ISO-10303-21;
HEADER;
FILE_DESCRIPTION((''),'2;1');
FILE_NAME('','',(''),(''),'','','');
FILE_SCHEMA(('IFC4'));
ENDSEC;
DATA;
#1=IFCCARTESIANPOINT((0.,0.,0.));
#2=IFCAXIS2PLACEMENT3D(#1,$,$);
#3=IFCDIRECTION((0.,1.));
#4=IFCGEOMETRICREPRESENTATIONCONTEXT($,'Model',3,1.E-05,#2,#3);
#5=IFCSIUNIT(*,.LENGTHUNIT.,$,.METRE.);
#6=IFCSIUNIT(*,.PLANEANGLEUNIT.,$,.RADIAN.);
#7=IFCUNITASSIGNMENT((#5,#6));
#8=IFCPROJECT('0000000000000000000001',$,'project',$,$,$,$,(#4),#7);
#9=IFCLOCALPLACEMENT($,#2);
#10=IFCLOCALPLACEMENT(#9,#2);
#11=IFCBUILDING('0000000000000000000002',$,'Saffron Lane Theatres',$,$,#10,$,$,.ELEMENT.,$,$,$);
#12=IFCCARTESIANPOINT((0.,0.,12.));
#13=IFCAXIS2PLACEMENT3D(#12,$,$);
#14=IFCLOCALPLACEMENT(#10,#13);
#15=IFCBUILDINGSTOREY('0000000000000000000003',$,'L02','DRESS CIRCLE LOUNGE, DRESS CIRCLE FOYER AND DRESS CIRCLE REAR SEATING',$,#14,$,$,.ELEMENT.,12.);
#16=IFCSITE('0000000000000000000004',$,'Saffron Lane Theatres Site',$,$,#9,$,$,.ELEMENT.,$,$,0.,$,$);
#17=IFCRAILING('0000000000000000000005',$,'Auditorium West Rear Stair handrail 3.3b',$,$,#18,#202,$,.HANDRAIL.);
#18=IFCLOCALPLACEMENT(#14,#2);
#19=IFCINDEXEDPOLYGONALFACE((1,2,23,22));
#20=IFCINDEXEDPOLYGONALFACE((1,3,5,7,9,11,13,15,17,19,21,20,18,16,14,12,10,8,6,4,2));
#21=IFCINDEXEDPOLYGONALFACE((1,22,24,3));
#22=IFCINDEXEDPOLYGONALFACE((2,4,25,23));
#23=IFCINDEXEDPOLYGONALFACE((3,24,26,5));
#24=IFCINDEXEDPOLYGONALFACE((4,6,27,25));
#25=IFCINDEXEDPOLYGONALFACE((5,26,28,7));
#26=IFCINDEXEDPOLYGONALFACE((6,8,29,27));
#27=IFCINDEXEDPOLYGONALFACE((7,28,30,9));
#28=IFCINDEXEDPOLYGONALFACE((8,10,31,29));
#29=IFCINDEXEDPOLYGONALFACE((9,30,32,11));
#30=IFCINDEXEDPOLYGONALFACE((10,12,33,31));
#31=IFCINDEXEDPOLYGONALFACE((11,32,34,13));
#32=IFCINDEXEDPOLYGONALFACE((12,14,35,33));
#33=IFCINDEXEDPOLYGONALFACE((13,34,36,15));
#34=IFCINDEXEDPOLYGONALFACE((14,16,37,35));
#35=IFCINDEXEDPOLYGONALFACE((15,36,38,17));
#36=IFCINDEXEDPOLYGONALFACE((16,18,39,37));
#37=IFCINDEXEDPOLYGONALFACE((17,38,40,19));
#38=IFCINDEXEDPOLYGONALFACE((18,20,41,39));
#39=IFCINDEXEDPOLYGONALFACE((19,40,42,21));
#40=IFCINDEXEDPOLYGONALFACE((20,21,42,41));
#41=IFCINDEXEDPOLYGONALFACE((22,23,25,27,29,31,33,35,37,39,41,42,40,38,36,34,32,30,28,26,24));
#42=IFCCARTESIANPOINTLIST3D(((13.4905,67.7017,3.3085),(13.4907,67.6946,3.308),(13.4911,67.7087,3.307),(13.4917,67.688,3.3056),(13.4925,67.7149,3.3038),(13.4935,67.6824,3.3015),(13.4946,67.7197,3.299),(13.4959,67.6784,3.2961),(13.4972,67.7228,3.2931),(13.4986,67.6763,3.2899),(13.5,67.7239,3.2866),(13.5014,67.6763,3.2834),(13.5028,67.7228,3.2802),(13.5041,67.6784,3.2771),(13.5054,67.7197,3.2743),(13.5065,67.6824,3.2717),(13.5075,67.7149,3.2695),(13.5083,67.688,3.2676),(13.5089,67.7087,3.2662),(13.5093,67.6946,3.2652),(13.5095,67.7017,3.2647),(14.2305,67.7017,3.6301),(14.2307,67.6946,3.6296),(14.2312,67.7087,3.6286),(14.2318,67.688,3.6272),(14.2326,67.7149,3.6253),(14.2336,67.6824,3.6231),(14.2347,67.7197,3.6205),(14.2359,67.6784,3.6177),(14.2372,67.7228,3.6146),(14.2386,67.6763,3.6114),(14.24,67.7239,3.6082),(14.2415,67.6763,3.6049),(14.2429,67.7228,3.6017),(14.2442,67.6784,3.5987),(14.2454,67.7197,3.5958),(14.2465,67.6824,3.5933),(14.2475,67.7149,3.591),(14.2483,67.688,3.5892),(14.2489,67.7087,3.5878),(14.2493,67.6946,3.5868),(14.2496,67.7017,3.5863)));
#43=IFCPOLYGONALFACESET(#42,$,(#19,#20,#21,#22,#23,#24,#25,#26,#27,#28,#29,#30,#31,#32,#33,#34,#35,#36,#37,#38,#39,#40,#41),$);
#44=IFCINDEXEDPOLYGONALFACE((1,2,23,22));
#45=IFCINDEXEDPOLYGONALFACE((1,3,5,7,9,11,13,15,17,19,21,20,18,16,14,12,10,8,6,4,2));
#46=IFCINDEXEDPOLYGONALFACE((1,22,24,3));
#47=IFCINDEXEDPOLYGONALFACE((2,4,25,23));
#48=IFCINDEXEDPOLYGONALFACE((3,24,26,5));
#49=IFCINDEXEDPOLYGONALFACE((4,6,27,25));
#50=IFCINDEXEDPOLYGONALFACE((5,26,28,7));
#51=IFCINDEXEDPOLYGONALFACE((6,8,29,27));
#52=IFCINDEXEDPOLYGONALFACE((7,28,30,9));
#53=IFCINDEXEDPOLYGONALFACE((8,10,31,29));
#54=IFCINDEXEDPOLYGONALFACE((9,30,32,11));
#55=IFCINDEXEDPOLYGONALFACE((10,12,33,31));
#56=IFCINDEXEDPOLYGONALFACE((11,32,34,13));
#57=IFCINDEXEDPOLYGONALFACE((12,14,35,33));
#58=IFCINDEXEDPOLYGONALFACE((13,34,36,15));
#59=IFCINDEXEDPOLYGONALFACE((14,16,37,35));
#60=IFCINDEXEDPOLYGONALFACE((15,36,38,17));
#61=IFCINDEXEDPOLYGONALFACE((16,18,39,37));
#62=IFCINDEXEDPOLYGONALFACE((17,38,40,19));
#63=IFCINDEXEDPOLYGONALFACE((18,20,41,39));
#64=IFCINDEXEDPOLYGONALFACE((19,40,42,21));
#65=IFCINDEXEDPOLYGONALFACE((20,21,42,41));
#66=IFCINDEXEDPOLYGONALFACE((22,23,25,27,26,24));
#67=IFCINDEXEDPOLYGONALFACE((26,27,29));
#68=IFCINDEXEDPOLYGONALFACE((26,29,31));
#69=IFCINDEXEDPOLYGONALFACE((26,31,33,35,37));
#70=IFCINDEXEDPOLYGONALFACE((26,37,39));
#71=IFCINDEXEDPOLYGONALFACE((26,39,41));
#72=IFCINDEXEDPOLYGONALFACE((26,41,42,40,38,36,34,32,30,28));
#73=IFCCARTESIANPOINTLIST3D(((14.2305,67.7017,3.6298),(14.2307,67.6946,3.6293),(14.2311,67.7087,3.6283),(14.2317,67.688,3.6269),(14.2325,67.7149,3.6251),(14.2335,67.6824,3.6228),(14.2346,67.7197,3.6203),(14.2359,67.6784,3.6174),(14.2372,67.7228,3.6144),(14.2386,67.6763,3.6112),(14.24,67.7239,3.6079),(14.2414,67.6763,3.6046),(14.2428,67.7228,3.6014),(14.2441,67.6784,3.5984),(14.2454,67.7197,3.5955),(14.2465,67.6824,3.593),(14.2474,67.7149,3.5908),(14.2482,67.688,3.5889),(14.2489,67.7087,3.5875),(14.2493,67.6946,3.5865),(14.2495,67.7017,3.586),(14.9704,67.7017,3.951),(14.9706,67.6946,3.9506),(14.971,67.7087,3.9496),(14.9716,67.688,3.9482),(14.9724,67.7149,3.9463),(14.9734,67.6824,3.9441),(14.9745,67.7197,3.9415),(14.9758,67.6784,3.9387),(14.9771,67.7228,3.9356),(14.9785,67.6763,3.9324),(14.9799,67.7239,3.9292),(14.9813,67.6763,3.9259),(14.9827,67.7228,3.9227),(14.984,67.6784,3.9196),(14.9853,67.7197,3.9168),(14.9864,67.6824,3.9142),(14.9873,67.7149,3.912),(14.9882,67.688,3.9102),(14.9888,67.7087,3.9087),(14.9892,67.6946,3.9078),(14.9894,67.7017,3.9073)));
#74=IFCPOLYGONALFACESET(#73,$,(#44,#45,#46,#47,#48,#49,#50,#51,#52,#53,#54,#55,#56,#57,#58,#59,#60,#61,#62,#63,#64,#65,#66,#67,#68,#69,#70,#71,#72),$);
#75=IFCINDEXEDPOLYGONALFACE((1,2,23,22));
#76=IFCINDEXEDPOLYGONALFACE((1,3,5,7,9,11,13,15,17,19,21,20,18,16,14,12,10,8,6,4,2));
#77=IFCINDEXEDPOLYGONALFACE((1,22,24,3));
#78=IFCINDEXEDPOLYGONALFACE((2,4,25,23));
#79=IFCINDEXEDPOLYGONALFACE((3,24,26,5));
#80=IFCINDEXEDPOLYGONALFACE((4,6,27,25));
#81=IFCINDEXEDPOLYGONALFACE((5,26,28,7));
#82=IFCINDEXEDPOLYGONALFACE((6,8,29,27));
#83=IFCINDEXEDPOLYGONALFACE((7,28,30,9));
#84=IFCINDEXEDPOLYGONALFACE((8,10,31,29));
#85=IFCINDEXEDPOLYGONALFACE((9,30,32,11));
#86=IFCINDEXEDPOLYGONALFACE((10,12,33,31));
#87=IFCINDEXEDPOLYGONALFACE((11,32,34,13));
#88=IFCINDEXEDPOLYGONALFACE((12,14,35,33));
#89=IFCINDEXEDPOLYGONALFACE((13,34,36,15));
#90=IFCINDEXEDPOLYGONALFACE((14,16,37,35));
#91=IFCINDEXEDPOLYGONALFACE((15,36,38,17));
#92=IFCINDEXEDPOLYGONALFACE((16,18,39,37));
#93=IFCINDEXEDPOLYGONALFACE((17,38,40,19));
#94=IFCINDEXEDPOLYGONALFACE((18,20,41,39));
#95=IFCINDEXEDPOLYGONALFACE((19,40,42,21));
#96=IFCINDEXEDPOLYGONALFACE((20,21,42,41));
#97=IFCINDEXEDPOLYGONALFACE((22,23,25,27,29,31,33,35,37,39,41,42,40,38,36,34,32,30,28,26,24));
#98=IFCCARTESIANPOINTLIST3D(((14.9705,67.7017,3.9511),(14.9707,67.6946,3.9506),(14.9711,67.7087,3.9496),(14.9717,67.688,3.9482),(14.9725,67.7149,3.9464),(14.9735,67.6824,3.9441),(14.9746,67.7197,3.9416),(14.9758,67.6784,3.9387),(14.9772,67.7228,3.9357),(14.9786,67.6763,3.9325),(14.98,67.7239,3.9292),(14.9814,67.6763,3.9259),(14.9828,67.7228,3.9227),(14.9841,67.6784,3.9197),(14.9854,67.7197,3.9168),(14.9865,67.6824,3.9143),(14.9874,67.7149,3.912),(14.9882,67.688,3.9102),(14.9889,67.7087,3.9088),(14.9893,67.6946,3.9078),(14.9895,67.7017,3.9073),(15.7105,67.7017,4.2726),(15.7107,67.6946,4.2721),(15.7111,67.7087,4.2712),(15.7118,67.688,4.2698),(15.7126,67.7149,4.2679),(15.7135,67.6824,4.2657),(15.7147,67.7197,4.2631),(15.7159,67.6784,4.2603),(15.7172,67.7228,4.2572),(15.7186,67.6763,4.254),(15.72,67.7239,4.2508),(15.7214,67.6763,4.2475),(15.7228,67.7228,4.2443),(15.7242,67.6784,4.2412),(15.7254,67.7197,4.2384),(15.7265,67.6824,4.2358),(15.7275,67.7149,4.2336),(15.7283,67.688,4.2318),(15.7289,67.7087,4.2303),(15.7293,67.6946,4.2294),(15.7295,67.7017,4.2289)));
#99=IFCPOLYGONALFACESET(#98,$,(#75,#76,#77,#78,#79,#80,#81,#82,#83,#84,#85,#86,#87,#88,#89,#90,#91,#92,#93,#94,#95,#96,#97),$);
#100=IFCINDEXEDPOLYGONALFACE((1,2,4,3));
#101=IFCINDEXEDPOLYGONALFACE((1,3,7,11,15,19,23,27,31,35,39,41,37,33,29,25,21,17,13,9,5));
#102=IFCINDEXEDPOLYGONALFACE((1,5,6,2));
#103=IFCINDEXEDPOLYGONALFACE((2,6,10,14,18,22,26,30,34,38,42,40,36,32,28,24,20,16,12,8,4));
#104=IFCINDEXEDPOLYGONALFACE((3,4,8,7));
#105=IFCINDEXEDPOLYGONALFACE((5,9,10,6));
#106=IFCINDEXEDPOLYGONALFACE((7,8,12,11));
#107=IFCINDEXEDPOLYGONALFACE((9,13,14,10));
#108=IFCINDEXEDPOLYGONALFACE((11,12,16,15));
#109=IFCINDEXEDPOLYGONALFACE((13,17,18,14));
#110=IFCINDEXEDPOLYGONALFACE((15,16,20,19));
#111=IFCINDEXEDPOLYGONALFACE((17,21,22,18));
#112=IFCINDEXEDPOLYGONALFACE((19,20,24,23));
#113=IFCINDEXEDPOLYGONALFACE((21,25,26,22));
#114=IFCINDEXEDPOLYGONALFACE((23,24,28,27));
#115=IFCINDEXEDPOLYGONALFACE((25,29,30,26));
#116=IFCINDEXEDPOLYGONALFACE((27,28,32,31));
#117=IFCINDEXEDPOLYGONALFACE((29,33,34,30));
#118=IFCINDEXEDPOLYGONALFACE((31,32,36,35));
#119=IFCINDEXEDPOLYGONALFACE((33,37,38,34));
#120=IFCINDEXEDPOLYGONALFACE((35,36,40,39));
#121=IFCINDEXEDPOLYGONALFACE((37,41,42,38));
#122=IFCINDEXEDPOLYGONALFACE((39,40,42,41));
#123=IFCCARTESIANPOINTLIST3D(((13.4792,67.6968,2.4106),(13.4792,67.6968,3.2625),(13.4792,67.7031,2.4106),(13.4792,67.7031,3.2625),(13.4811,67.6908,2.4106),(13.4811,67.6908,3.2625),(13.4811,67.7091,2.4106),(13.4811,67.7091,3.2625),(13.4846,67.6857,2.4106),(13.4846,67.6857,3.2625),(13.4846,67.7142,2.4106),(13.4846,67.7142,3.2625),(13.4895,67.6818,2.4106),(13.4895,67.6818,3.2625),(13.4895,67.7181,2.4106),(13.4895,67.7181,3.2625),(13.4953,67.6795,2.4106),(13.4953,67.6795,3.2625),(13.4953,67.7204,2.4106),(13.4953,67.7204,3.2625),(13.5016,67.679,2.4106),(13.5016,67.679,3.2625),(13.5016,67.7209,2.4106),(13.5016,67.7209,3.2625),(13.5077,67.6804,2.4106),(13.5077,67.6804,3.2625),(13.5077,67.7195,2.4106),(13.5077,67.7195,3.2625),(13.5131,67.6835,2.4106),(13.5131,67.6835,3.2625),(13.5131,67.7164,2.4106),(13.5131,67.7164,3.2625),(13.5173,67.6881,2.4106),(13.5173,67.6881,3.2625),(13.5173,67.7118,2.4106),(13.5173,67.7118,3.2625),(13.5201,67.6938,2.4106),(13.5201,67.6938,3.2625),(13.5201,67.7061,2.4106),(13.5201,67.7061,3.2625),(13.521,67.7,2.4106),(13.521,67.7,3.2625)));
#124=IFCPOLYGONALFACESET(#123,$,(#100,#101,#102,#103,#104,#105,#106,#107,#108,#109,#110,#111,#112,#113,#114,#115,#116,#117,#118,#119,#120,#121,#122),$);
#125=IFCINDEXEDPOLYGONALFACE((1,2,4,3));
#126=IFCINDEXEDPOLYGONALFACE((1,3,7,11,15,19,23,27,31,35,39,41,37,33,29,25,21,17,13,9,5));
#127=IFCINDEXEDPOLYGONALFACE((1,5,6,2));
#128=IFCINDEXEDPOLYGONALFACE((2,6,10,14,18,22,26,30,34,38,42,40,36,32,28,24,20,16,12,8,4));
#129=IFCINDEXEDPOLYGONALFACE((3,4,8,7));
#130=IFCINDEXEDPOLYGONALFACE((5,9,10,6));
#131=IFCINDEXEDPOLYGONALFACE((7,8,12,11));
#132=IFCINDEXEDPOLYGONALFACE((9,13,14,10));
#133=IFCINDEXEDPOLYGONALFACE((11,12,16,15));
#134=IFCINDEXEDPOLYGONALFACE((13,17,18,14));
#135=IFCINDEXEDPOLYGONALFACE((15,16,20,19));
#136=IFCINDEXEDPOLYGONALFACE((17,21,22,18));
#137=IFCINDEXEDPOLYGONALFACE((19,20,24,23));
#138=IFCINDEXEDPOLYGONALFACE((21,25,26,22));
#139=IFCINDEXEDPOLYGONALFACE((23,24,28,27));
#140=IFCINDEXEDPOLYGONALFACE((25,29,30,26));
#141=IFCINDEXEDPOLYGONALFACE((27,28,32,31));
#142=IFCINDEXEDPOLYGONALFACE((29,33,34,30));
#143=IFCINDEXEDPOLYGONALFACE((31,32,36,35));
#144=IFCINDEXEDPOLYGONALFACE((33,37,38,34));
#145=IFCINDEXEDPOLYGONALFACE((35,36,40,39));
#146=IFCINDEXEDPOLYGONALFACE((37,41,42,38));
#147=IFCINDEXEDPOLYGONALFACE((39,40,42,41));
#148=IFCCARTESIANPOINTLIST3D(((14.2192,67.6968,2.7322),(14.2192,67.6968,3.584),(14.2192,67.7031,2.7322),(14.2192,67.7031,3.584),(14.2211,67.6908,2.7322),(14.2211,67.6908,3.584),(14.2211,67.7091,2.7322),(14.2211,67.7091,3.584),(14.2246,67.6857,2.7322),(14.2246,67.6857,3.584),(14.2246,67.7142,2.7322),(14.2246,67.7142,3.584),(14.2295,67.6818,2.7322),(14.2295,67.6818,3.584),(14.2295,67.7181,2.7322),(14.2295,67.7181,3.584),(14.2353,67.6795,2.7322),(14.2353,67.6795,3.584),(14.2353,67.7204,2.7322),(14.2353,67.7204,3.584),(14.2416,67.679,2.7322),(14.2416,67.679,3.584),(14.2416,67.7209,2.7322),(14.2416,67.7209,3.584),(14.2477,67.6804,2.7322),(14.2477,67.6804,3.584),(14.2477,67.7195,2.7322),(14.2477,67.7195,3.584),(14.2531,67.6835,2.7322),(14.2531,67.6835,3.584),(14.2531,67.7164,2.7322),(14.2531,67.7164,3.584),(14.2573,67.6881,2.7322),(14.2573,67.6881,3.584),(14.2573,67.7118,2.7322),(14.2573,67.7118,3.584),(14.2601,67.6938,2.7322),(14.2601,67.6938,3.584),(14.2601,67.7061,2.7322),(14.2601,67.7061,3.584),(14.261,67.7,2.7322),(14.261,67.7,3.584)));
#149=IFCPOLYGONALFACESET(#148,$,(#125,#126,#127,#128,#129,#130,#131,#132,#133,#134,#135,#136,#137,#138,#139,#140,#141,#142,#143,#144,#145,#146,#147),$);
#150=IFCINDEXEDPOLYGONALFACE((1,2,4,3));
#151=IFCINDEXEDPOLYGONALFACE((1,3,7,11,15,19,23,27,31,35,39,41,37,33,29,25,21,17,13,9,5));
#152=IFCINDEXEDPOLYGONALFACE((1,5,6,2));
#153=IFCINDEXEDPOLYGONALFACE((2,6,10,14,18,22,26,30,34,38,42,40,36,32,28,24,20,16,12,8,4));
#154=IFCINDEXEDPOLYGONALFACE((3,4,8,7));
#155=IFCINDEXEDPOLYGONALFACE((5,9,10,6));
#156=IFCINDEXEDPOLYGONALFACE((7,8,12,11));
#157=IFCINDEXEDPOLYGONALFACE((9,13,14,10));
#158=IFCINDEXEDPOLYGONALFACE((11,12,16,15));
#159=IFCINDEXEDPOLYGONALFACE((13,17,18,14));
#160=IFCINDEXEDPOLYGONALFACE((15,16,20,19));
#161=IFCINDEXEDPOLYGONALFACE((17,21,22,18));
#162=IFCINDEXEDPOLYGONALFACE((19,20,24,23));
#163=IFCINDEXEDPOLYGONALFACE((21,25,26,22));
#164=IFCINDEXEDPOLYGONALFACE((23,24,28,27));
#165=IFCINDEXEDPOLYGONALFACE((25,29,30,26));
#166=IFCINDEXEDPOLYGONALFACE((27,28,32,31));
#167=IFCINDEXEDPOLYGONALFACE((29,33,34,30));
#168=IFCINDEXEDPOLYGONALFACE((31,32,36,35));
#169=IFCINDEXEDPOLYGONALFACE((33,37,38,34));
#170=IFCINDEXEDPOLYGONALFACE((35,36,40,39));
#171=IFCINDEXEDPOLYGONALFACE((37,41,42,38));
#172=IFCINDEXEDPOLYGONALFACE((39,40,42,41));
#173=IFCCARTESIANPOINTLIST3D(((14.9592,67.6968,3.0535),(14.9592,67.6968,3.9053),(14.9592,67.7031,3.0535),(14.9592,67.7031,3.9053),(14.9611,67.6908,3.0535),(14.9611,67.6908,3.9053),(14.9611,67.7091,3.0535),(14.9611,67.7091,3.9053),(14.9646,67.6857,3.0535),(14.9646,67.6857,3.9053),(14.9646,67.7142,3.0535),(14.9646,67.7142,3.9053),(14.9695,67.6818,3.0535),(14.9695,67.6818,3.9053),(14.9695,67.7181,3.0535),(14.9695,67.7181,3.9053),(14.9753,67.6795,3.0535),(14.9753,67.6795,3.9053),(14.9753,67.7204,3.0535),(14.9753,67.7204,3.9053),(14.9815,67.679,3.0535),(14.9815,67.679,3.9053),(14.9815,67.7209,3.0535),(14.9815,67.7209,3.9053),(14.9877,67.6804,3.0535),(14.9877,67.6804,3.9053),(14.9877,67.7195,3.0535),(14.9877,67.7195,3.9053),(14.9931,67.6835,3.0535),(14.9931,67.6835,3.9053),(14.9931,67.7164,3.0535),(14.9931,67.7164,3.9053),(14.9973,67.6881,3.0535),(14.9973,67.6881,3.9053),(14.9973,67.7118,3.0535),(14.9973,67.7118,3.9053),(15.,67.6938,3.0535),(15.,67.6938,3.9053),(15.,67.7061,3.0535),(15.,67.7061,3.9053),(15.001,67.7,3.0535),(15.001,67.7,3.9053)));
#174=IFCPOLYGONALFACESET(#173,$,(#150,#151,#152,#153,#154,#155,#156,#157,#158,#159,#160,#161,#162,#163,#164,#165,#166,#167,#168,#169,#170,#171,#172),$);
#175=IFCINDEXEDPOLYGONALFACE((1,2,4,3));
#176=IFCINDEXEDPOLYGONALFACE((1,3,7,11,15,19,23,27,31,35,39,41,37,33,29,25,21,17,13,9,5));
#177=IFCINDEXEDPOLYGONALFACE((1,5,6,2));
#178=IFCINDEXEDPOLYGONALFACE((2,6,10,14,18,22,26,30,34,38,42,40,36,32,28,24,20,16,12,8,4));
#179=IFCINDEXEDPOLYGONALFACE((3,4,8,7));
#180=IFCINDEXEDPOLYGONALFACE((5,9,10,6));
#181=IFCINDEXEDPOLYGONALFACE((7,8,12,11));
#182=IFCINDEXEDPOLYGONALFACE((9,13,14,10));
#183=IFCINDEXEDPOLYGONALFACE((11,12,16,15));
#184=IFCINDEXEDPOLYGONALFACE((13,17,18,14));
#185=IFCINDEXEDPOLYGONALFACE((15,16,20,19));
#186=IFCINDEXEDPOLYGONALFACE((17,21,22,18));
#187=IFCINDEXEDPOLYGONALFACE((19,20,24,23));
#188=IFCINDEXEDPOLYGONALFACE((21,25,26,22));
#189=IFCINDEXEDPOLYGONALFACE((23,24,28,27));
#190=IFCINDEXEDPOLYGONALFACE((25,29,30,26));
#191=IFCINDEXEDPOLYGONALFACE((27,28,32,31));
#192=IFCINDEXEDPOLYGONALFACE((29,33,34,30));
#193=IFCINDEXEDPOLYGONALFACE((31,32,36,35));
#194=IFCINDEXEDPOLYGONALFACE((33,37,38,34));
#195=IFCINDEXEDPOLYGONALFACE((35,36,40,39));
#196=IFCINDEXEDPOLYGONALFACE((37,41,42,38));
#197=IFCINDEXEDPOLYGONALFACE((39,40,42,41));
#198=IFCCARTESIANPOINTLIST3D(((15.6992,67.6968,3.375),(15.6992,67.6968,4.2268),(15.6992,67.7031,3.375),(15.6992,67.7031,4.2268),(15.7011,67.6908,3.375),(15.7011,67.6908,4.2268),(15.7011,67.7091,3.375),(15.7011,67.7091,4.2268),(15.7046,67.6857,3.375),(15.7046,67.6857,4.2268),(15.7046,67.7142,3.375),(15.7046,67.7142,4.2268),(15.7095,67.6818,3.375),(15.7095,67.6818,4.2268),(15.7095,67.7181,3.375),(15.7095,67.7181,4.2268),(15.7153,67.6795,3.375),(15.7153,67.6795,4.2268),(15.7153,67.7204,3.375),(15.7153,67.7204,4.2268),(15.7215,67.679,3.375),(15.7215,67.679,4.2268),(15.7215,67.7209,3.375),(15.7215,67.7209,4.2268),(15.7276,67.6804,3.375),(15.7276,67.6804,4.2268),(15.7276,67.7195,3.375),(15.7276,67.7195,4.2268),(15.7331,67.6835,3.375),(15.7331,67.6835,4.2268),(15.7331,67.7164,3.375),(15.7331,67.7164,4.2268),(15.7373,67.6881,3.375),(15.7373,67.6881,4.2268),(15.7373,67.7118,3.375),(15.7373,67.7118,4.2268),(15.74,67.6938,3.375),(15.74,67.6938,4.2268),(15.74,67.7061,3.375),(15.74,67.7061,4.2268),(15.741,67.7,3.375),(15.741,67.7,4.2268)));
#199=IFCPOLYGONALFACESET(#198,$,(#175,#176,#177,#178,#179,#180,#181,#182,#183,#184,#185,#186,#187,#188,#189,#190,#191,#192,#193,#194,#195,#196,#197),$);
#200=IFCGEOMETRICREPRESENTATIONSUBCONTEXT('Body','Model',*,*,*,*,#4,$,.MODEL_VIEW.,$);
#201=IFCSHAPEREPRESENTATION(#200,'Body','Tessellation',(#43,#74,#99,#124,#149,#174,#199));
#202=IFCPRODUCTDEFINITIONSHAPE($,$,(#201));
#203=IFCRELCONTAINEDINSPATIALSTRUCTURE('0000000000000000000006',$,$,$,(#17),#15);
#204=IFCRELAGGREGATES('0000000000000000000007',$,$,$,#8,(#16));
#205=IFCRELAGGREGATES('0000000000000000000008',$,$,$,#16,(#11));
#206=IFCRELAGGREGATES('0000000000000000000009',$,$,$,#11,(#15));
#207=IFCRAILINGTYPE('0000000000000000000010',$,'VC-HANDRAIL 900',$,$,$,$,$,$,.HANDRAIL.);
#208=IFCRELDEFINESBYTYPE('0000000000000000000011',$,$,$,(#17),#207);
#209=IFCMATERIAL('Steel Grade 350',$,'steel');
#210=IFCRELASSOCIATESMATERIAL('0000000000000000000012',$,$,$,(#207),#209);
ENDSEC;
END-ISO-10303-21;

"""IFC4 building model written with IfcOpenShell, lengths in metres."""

from ifc_helpers import new_model, si_unit, direction, frame, origin, origin_2d, place, context, subcontext, project, spatial, circle, extrude, material, type_object, element, save


model = new_model("IFC4")

# Units and contexts
model_context = context("Model", 3, precision=1e-05, world=origin(), true_north=direction((0.0, 1.0)))
body_context = subcontext(model_context, "Body", "Model", "MODEL_VIEW")
ifc_project = project(units=[si_unit("LENGTHUNIT", "METRE"), si_unit("PLANEANGLEUNIT", "RADIAN")], contexts=[model_context])

# Site, building, storey
site_placement = place(None, origin())
site = spatial("IfcSite", under=ifc_project, at=site_placement, Name="Saffron Lane Theatres Site", CompositionType="ELEMENT", RefElevation=0.0)
building_placement = place(site_placement, origin())
building = spatial("IfcBuilding", under=site, at=building_placement, Name="Saffron Lane Theatres", CompositionType="ELEMENT")
storey_placement = place(building_placement, frame((0.0, 0.0, 12.0)))
storey = spatial("IfcBuildingStorey", under=building, at=storey_placement, Name="L02", Description="DRESS CIRCLE LOUNGE, DRESS CIRCLE FOYER AND DRESS CIRCLE REAR SEATING", CompositionType="ELEMENT", Elevation=12.0)

# Railing
ifc_material_1 = material(Name="Steel Grade 350", Category="steel")
railing_type_1 = type_object("IfcRailingType", Name="VC-HANDRAIL 900", PredefinedType="HANDRAIL", material=ifc_material_1)
for number, where, name in (
    (1, (13.5, 67.7, 2.4106), "Auditorium West Rear Stair handrail 3.3b"),
):
    element("IfcRailing", number, at=place(storey_placement, frame(where)), inside=storey, type_object=railing_type_1, Name=name, PredefinedType="HANDRAIL", context=body_context, shape_type="SweptSolid", body=[
        extrude(circle(Radius=0.0239, at=origin_2d()), frame((0.0, 0.0, 0.876), z_axis=(0.917161, 0.0, 0.398516), x_axis=(0.0, 1.0, 0.0)), (0.0, 0.0, 1.0), 0.8069),
        extrude(circle(Radius=0.0239, at=origin_2d()), frame((0.74, 0.0, 1.1973), z_axis=(0.917272, 0.0, 0.398261), x_axis=(0.0, 1.0, 0.0)), (0.0, 0.0, 1.0), 0.8066),
        extrude(circle(Radius=0.0239, at=origin_2d()), frame((1.48, 0.0, 1.5186), z_axis=(0.917161, 0.0, 0.398516), x_axis=(0.0, 1.0, 0.0)), (0.0, 0.0, 1.0), 0.8069),
        extrude(circle(Radius=0.021, at=origin_2d()), origin(), (0.0, 0.0, 1.0), 0.8518),
        extrude(circle(Radius=0.021, at=origin_2d()), frame((0.74, 0.0, 0.3215)), (0.0, 0.0, 1.0), 0.8518),
        extrude(circle(Radius=0.021, at=origin_2d()), frame((1.48, 0.0, 0.6428)), (0.0, 0.0, 1.0), 0.8518),
        extrude(circle(Radius=0.021, at=origin_2d()), frame((2.22, 0.0, 0.9644)), (0.0, 0.0, 1.0), 0.8518),
    ])

save(model, "model.ifc")
